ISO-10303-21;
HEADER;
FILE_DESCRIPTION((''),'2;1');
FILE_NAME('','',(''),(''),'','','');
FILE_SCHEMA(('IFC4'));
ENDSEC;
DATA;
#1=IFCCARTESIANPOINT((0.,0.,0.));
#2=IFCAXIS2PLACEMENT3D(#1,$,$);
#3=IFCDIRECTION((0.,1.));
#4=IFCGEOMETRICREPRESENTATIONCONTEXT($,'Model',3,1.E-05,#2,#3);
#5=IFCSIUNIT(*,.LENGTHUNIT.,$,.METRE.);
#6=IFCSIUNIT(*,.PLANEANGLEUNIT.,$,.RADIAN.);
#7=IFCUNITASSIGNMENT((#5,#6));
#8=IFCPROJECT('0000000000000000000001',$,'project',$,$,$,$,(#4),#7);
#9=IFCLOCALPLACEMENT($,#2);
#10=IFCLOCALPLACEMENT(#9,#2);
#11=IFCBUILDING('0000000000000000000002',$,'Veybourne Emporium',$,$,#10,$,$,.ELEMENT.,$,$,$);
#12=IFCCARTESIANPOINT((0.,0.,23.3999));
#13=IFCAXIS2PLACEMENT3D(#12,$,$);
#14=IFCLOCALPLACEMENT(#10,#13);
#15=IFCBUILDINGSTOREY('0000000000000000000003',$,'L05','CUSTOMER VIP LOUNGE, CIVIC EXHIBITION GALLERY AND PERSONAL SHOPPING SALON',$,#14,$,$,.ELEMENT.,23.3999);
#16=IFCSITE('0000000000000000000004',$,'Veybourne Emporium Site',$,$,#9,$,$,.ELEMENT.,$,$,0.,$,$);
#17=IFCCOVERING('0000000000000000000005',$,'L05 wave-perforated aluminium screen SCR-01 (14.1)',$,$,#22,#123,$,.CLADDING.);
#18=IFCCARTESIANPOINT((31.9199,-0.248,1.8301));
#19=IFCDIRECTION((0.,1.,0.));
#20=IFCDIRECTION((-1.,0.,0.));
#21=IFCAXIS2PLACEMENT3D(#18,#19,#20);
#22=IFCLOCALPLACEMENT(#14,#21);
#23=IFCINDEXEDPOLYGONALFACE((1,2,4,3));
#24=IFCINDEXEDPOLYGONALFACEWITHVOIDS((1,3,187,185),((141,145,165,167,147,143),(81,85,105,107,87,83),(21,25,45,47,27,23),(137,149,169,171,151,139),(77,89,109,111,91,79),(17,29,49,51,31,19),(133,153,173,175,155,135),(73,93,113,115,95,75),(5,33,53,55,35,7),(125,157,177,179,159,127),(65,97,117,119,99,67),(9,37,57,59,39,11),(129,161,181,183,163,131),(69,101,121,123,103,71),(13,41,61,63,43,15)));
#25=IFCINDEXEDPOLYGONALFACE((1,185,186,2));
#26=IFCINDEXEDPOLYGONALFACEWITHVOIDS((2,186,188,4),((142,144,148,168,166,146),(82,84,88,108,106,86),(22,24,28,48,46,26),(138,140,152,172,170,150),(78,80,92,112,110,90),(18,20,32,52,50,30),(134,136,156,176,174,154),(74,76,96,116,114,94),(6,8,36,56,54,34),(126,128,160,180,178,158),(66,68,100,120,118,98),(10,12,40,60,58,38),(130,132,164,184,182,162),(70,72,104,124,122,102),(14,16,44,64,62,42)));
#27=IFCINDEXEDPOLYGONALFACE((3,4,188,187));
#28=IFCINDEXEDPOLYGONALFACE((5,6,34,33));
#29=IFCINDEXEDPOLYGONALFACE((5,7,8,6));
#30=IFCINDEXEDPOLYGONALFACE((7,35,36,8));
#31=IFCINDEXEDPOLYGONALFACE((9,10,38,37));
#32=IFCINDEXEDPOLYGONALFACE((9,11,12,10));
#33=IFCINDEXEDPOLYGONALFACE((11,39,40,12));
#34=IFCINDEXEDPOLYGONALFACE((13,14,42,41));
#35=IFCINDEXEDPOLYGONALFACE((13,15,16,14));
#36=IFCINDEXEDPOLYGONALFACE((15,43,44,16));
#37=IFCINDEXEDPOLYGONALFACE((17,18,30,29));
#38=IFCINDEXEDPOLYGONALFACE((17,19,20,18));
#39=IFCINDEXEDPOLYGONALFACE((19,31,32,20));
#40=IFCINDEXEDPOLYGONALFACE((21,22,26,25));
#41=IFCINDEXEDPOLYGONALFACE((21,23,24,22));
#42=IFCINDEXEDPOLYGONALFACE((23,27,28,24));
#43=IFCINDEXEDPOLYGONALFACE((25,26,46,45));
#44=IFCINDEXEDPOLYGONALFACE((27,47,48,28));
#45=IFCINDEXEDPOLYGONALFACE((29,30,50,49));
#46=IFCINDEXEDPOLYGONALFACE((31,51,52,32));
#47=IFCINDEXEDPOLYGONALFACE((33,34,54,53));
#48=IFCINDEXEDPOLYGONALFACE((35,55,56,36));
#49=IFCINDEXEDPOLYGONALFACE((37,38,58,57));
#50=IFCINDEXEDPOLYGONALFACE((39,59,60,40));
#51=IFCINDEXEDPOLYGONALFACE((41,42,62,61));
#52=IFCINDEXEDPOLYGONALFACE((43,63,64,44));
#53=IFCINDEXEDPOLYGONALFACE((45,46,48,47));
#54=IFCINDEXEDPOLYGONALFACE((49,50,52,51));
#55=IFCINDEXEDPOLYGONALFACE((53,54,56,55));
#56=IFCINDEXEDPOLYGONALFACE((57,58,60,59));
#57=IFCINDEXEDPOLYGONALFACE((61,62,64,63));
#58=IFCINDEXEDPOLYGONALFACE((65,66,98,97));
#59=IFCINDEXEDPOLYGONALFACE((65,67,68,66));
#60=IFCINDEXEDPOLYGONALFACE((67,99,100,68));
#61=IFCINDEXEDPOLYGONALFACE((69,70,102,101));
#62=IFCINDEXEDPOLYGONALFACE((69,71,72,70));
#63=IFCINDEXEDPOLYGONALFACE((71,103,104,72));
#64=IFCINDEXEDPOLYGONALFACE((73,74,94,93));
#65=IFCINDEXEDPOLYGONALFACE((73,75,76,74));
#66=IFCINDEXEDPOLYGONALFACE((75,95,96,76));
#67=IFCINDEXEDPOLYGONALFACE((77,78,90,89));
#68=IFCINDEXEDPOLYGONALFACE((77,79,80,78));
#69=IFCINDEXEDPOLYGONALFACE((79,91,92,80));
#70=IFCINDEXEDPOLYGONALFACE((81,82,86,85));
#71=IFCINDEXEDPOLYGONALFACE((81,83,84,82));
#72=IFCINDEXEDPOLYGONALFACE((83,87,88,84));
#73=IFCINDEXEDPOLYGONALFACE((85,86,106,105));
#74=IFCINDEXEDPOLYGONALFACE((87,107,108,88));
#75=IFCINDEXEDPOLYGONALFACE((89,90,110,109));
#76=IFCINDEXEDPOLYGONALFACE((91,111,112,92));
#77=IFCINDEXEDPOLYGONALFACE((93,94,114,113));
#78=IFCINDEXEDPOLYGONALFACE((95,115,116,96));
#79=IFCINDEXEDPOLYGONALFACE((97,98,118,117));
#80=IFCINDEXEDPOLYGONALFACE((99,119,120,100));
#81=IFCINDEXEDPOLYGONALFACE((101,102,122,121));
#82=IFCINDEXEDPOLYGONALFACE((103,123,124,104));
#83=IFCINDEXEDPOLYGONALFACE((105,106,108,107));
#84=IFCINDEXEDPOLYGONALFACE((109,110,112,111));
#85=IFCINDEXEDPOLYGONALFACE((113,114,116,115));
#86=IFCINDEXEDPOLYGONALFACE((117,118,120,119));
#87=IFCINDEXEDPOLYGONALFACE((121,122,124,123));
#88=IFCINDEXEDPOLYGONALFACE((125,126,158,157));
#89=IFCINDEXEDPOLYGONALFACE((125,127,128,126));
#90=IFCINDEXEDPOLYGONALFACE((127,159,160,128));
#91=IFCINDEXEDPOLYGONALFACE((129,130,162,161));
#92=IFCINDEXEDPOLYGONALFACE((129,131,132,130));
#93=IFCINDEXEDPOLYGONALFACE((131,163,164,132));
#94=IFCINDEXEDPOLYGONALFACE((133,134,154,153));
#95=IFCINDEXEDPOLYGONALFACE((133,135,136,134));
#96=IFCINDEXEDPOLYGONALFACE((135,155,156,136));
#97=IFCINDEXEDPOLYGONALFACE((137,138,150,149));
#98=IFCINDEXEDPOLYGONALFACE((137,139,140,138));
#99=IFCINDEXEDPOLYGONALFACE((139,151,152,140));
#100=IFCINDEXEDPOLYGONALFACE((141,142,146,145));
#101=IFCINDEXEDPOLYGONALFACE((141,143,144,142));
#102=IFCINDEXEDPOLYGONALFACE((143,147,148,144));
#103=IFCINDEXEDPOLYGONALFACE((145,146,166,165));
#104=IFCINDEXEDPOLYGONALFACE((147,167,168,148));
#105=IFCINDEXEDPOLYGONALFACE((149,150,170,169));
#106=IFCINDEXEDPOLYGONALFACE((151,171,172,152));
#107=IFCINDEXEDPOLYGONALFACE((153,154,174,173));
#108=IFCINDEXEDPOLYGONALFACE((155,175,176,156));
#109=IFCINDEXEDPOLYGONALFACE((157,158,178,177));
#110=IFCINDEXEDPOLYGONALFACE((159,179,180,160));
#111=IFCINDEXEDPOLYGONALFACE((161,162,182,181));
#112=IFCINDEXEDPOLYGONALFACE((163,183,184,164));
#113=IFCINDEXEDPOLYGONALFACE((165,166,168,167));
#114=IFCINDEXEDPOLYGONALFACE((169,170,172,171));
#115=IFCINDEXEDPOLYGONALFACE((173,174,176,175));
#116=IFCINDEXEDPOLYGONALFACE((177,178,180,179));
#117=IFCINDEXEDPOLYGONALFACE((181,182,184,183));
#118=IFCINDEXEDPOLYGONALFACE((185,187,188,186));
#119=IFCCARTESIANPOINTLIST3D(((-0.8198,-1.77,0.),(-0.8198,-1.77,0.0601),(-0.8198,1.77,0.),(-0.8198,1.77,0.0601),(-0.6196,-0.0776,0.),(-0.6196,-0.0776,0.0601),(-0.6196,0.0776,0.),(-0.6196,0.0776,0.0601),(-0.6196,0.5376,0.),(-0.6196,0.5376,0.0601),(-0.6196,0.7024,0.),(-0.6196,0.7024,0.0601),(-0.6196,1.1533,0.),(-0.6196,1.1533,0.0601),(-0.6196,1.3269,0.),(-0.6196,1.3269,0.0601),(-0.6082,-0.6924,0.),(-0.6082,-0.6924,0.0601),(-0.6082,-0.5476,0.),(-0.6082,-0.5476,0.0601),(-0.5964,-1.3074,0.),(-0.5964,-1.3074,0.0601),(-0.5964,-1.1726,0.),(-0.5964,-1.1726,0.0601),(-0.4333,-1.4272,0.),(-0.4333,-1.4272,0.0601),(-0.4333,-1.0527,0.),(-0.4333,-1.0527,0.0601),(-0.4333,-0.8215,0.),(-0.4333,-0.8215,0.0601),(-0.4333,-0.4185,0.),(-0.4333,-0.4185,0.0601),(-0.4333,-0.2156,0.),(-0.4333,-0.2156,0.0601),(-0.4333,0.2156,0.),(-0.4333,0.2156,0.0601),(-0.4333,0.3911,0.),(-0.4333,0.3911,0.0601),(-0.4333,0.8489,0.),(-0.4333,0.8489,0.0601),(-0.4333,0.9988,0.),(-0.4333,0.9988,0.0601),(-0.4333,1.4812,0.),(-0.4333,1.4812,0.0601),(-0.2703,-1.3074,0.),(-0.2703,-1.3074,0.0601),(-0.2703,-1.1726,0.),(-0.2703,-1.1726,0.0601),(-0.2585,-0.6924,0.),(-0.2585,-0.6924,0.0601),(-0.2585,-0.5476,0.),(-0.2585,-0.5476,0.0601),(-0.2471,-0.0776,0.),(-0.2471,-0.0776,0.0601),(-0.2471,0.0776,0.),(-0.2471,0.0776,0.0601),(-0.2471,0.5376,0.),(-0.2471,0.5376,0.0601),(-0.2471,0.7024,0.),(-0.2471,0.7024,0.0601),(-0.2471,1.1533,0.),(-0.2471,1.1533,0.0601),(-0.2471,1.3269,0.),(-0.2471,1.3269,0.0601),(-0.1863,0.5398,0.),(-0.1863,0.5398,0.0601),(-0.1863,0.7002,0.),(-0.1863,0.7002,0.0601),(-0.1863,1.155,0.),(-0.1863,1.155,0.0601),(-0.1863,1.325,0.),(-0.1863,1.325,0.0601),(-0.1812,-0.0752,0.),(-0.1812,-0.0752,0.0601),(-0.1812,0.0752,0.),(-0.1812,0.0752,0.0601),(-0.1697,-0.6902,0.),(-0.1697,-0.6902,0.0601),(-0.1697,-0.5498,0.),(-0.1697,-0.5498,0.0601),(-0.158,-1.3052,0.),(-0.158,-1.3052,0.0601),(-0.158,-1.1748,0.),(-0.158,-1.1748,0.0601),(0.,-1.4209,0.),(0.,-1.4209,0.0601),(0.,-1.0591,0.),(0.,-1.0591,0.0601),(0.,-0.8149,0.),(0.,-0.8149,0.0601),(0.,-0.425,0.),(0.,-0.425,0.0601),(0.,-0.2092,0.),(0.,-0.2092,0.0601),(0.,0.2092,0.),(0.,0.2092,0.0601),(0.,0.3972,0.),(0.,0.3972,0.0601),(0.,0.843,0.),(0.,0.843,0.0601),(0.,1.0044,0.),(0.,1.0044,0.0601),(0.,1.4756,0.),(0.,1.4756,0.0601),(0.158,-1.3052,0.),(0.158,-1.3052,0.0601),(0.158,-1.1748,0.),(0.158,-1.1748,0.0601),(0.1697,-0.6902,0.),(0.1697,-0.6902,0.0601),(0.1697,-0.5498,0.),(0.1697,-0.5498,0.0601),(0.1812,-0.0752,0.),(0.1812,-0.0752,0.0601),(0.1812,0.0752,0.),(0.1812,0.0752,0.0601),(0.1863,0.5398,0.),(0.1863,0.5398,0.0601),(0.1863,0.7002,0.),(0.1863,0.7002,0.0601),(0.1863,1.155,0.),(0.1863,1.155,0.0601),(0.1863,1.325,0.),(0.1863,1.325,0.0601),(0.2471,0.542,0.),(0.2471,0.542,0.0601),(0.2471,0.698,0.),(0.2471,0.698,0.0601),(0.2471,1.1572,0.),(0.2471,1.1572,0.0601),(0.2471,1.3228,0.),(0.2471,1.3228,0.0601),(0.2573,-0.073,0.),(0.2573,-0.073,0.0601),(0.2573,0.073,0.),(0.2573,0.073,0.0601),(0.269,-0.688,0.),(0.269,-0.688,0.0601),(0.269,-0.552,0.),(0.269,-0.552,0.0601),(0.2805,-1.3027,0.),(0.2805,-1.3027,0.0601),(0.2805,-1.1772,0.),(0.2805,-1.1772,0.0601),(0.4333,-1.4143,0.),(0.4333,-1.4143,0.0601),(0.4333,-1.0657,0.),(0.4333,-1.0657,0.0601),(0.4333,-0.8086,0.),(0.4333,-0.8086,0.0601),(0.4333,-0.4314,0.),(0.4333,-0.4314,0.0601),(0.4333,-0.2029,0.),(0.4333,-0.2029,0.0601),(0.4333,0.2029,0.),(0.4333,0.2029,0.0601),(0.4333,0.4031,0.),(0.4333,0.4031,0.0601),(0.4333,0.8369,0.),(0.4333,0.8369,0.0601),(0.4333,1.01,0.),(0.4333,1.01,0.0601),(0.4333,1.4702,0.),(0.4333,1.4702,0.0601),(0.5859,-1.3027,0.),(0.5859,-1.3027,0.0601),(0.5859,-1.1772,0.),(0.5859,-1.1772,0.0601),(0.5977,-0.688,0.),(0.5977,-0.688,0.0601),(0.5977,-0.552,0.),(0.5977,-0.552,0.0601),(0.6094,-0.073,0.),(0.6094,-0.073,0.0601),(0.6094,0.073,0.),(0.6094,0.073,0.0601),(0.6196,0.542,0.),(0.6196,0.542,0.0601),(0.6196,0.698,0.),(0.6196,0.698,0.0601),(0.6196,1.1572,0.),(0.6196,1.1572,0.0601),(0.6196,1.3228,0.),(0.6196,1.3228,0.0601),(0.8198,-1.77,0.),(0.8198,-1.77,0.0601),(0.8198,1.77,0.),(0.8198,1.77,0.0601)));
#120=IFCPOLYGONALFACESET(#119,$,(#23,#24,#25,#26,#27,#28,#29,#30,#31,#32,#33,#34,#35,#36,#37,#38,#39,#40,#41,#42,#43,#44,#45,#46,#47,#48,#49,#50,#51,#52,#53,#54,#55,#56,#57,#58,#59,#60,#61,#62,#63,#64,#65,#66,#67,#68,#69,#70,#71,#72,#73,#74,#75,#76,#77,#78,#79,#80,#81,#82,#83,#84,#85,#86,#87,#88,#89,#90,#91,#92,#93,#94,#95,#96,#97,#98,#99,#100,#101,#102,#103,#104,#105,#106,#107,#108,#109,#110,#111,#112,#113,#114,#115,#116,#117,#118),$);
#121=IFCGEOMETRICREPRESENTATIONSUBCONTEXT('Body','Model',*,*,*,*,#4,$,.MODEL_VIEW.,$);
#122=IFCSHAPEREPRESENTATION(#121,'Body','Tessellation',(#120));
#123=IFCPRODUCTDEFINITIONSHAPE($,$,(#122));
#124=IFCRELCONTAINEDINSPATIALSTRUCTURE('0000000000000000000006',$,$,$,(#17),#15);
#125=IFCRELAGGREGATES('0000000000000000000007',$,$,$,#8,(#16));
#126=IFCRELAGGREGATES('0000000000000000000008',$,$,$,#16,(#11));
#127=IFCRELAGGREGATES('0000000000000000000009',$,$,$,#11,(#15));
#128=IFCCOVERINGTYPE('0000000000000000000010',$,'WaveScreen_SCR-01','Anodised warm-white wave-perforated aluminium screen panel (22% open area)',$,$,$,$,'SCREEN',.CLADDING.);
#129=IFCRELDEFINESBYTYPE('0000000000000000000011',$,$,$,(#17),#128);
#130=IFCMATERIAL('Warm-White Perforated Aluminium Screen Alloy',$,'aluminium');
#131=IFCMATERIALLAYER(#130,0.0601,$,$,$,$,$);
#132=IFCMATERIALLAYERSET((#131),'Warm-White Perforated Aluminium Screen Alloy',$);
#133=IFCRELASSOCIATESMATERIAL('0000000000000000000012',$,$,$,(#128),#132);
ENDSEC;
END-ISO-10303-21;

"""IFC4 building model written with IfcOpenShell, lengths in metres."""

from ifc_helpers import new_model, si_unit, direction, frame, origin, place, context, subcontext, project, spatial, polyline, outline, extrude, material, layer, layer_set, type_object, element, save


model = new_model("IFC4")

# Units and contexts
model_context = context("Model", 3, precision=1e-05, world=origin(), true_north=direction((0.0, 1.0)))
body_context = subcontext(model_context, "Body", "Model", "MODEL_VIEW")
ifc_project = project(units=[si_unit("LENGTHUNIT", "METRE"), si_unit("PLANEANGLEUNIT", "RADIAN")], contexts=[model_context])

# Site, building, storey
site_placement = place(None, origin())
site = spatial("IfcSite", under=ifc_project, at=site_placement, Name="Veybourne Emporium Site", CompositionType="ELEMENT", RefElevation=0.0)
building_placement = place(site_placement, origin())
building = spatial("IfcBuilding", under=site, at=building_placement, Name="Veybourne Emporium", CompositionType="ELEMENT")
storey_placement = place(building_placement, frame((0.0, 0.0, 23.3999)))
storey = spatial("IfcBuildingStorey", under=building, at=storey_placement, Name="L05", Description="CUSTOMER VIP LOUNGE, CIVIC EXHIBITION GALLERY AND PERSONAL SHOPPING SALON", CompositionType="ELEMENT", Elevation=23.3999)

# Covering
ifc_material_1 = material(Name="Warm-White Perforated Aluminium Screen Alloy", Category="aluminium")
ifc_layer_1 = layer(ifc_material_1, 0.0601)
ifc_layer_set_1 = layer_set([ifc_layer_1], Name="Warm-White Perforated Aluminium Screen Alloy")
covering_type_1 = type_object("IfcCoveringType", Name="WaveScreen_SCR-01", Description="Anodised warm-white wave-perforated aluminium screen panel (22% open area)", ElementType="SCREEN", PredefinedType="CLADDING", material=ifc_layer_set_1)
covering_1_placement = place(storey_placement, frame((31.9199, -0.248, 1.8301), z_axis=(0.0, 1.0, 0.0), x_axis=(-1.0, 0.0, 0.0)))
element("IfcCovering", 1, at=covering_1_placement, inside=storey, type_object=covering_type_1, Name="L05 wave-perforated aluminium screen SCR-01 (14.1)", PredefinedType="CLADDING", context=body_context, shape_type="SweptSolid", body=[
    extrude(outline(polyline([(-0.8198, -1.77), (0.8198, -1.77), (0.8198, 1.77), (-0.8198, 1.77), (-0.8198, -1.77)]), holes=[polyline([(-0.4333, -1.0527), (-0.2703, -1.1726), (-0.2703, -1.3074), (-0.4333, -1.4272), (-0.5964, -1.3074), (-0.5964, -1.1726), (-0.4333, -1.0527)]), polyline([(-0.4333, -0.4185), (-0.2585, -0.5476), (-0.2585, -0.6924), (-0.4333, -0.8215), (-0.6082, -0.6924), (-0.6082, -0.5476), (-0.4333, -0.4185)]), polyline([(-0.4333, 0.2156), (-0.2471, 0.0776), (-0.2471, -0.0776), (-0.4333, -0.2156), (-0.6196, -0.0776), (-0.6196, 0.0776), (-0.4333, 0.2156)]), polyline([(-0.4333, 0.8489), (-0.2471, 0.7024), (-0.2471, 0.5376), (-0.4333, 0.3911), (-0.6196, 0.5376), (-0.6196, 0.7024), (-0.4333, 0.8489)]), polyline([(-0.4333, 1.4812), (-0.2471, 1.3269), (-0.2471, 1.1533), (-0.4333, 0.9988), (-0.6196, 1.1533), (-0.6196, 1.3269), (-0.4333, 1.4812)]), polyline([(0.0, -1.0591), (0.158, -1.1748), (0.158, -1.3052), (0.0, -1.4209), (-0.158, -1.3052), (-0.158, -1.1748), (0.0, -1.0591)]), polyline([(0.0, -0.425), (0.1697, -0.5498), (0.1697, -0.6902), (0.0, -0.8149), (-0.1697, -0.6902), (-0.1697, -0.5498), (0.0, -0.425)]), polyline([(0.0, 0.2092), (0.1812, 0.0752), (0.1812, -0.0752), (0.0, -0.2092), (-0.1812, -0.0752), (-0.1812, 0.0752), (0.0, 0.2092)]), polyline([(0.0, 0.843), (0.1863, 0.7002), (0.1863, 0.5398), (0.0, 0.3972), (-0.1863, 0.5398), (-0.1863, 0.7002), (0.0, 0.843)]), polyline([(0.0, 1.4756), (0.1863, 1.325), (0.1863, 1.155), (0.0, 1.0044), (-0.1863, 1.155), (-0.1863, 1.325), (0.0, 1.4756)]), polyline([(0.4333, -1.0657), (0.5859, -1.1772), (0.5859, -1.3027), (0.4333, -1.4143), (0.2805, -1.3027), (0.2805, -1.1772), (0.4333, -1.0657)]), polyline([(0.4333, -0.4314), (0.5977, -0.552), (0.5977, -0.688), (0.4333, -0.8086), (0.269, -0.688), (0.269, -0.552), (0.4333, -0.4314)]), polyline([(0.4333, 0.2029), (0.6094, 0.073), (0.6094, -0.073), (0.4333, -0.2029), (0.2573, -0.073), (0.2573, 0.073), (0.4333, 0.2029)]), polyline([(0.4333, 0.8369), (0.6196, 0.698), (0.6196, 0.542), (0.4333, 0.4031), (0.2471, 0.542), (0.2471, 0.698), (0.4333, 0.8369)]), polyline([(0.4333, 1.4702), (0.6196, 1.3228), (0.6196, 1.1572), (0.4333, 1.01), (0.2471, 1.1572), (0.2471, 1.3228), (0.4333, 1.4702)])]), origin(), (0.0, 0.0, 1.0), 0.0601),
])

save(model, "model.ifc")
